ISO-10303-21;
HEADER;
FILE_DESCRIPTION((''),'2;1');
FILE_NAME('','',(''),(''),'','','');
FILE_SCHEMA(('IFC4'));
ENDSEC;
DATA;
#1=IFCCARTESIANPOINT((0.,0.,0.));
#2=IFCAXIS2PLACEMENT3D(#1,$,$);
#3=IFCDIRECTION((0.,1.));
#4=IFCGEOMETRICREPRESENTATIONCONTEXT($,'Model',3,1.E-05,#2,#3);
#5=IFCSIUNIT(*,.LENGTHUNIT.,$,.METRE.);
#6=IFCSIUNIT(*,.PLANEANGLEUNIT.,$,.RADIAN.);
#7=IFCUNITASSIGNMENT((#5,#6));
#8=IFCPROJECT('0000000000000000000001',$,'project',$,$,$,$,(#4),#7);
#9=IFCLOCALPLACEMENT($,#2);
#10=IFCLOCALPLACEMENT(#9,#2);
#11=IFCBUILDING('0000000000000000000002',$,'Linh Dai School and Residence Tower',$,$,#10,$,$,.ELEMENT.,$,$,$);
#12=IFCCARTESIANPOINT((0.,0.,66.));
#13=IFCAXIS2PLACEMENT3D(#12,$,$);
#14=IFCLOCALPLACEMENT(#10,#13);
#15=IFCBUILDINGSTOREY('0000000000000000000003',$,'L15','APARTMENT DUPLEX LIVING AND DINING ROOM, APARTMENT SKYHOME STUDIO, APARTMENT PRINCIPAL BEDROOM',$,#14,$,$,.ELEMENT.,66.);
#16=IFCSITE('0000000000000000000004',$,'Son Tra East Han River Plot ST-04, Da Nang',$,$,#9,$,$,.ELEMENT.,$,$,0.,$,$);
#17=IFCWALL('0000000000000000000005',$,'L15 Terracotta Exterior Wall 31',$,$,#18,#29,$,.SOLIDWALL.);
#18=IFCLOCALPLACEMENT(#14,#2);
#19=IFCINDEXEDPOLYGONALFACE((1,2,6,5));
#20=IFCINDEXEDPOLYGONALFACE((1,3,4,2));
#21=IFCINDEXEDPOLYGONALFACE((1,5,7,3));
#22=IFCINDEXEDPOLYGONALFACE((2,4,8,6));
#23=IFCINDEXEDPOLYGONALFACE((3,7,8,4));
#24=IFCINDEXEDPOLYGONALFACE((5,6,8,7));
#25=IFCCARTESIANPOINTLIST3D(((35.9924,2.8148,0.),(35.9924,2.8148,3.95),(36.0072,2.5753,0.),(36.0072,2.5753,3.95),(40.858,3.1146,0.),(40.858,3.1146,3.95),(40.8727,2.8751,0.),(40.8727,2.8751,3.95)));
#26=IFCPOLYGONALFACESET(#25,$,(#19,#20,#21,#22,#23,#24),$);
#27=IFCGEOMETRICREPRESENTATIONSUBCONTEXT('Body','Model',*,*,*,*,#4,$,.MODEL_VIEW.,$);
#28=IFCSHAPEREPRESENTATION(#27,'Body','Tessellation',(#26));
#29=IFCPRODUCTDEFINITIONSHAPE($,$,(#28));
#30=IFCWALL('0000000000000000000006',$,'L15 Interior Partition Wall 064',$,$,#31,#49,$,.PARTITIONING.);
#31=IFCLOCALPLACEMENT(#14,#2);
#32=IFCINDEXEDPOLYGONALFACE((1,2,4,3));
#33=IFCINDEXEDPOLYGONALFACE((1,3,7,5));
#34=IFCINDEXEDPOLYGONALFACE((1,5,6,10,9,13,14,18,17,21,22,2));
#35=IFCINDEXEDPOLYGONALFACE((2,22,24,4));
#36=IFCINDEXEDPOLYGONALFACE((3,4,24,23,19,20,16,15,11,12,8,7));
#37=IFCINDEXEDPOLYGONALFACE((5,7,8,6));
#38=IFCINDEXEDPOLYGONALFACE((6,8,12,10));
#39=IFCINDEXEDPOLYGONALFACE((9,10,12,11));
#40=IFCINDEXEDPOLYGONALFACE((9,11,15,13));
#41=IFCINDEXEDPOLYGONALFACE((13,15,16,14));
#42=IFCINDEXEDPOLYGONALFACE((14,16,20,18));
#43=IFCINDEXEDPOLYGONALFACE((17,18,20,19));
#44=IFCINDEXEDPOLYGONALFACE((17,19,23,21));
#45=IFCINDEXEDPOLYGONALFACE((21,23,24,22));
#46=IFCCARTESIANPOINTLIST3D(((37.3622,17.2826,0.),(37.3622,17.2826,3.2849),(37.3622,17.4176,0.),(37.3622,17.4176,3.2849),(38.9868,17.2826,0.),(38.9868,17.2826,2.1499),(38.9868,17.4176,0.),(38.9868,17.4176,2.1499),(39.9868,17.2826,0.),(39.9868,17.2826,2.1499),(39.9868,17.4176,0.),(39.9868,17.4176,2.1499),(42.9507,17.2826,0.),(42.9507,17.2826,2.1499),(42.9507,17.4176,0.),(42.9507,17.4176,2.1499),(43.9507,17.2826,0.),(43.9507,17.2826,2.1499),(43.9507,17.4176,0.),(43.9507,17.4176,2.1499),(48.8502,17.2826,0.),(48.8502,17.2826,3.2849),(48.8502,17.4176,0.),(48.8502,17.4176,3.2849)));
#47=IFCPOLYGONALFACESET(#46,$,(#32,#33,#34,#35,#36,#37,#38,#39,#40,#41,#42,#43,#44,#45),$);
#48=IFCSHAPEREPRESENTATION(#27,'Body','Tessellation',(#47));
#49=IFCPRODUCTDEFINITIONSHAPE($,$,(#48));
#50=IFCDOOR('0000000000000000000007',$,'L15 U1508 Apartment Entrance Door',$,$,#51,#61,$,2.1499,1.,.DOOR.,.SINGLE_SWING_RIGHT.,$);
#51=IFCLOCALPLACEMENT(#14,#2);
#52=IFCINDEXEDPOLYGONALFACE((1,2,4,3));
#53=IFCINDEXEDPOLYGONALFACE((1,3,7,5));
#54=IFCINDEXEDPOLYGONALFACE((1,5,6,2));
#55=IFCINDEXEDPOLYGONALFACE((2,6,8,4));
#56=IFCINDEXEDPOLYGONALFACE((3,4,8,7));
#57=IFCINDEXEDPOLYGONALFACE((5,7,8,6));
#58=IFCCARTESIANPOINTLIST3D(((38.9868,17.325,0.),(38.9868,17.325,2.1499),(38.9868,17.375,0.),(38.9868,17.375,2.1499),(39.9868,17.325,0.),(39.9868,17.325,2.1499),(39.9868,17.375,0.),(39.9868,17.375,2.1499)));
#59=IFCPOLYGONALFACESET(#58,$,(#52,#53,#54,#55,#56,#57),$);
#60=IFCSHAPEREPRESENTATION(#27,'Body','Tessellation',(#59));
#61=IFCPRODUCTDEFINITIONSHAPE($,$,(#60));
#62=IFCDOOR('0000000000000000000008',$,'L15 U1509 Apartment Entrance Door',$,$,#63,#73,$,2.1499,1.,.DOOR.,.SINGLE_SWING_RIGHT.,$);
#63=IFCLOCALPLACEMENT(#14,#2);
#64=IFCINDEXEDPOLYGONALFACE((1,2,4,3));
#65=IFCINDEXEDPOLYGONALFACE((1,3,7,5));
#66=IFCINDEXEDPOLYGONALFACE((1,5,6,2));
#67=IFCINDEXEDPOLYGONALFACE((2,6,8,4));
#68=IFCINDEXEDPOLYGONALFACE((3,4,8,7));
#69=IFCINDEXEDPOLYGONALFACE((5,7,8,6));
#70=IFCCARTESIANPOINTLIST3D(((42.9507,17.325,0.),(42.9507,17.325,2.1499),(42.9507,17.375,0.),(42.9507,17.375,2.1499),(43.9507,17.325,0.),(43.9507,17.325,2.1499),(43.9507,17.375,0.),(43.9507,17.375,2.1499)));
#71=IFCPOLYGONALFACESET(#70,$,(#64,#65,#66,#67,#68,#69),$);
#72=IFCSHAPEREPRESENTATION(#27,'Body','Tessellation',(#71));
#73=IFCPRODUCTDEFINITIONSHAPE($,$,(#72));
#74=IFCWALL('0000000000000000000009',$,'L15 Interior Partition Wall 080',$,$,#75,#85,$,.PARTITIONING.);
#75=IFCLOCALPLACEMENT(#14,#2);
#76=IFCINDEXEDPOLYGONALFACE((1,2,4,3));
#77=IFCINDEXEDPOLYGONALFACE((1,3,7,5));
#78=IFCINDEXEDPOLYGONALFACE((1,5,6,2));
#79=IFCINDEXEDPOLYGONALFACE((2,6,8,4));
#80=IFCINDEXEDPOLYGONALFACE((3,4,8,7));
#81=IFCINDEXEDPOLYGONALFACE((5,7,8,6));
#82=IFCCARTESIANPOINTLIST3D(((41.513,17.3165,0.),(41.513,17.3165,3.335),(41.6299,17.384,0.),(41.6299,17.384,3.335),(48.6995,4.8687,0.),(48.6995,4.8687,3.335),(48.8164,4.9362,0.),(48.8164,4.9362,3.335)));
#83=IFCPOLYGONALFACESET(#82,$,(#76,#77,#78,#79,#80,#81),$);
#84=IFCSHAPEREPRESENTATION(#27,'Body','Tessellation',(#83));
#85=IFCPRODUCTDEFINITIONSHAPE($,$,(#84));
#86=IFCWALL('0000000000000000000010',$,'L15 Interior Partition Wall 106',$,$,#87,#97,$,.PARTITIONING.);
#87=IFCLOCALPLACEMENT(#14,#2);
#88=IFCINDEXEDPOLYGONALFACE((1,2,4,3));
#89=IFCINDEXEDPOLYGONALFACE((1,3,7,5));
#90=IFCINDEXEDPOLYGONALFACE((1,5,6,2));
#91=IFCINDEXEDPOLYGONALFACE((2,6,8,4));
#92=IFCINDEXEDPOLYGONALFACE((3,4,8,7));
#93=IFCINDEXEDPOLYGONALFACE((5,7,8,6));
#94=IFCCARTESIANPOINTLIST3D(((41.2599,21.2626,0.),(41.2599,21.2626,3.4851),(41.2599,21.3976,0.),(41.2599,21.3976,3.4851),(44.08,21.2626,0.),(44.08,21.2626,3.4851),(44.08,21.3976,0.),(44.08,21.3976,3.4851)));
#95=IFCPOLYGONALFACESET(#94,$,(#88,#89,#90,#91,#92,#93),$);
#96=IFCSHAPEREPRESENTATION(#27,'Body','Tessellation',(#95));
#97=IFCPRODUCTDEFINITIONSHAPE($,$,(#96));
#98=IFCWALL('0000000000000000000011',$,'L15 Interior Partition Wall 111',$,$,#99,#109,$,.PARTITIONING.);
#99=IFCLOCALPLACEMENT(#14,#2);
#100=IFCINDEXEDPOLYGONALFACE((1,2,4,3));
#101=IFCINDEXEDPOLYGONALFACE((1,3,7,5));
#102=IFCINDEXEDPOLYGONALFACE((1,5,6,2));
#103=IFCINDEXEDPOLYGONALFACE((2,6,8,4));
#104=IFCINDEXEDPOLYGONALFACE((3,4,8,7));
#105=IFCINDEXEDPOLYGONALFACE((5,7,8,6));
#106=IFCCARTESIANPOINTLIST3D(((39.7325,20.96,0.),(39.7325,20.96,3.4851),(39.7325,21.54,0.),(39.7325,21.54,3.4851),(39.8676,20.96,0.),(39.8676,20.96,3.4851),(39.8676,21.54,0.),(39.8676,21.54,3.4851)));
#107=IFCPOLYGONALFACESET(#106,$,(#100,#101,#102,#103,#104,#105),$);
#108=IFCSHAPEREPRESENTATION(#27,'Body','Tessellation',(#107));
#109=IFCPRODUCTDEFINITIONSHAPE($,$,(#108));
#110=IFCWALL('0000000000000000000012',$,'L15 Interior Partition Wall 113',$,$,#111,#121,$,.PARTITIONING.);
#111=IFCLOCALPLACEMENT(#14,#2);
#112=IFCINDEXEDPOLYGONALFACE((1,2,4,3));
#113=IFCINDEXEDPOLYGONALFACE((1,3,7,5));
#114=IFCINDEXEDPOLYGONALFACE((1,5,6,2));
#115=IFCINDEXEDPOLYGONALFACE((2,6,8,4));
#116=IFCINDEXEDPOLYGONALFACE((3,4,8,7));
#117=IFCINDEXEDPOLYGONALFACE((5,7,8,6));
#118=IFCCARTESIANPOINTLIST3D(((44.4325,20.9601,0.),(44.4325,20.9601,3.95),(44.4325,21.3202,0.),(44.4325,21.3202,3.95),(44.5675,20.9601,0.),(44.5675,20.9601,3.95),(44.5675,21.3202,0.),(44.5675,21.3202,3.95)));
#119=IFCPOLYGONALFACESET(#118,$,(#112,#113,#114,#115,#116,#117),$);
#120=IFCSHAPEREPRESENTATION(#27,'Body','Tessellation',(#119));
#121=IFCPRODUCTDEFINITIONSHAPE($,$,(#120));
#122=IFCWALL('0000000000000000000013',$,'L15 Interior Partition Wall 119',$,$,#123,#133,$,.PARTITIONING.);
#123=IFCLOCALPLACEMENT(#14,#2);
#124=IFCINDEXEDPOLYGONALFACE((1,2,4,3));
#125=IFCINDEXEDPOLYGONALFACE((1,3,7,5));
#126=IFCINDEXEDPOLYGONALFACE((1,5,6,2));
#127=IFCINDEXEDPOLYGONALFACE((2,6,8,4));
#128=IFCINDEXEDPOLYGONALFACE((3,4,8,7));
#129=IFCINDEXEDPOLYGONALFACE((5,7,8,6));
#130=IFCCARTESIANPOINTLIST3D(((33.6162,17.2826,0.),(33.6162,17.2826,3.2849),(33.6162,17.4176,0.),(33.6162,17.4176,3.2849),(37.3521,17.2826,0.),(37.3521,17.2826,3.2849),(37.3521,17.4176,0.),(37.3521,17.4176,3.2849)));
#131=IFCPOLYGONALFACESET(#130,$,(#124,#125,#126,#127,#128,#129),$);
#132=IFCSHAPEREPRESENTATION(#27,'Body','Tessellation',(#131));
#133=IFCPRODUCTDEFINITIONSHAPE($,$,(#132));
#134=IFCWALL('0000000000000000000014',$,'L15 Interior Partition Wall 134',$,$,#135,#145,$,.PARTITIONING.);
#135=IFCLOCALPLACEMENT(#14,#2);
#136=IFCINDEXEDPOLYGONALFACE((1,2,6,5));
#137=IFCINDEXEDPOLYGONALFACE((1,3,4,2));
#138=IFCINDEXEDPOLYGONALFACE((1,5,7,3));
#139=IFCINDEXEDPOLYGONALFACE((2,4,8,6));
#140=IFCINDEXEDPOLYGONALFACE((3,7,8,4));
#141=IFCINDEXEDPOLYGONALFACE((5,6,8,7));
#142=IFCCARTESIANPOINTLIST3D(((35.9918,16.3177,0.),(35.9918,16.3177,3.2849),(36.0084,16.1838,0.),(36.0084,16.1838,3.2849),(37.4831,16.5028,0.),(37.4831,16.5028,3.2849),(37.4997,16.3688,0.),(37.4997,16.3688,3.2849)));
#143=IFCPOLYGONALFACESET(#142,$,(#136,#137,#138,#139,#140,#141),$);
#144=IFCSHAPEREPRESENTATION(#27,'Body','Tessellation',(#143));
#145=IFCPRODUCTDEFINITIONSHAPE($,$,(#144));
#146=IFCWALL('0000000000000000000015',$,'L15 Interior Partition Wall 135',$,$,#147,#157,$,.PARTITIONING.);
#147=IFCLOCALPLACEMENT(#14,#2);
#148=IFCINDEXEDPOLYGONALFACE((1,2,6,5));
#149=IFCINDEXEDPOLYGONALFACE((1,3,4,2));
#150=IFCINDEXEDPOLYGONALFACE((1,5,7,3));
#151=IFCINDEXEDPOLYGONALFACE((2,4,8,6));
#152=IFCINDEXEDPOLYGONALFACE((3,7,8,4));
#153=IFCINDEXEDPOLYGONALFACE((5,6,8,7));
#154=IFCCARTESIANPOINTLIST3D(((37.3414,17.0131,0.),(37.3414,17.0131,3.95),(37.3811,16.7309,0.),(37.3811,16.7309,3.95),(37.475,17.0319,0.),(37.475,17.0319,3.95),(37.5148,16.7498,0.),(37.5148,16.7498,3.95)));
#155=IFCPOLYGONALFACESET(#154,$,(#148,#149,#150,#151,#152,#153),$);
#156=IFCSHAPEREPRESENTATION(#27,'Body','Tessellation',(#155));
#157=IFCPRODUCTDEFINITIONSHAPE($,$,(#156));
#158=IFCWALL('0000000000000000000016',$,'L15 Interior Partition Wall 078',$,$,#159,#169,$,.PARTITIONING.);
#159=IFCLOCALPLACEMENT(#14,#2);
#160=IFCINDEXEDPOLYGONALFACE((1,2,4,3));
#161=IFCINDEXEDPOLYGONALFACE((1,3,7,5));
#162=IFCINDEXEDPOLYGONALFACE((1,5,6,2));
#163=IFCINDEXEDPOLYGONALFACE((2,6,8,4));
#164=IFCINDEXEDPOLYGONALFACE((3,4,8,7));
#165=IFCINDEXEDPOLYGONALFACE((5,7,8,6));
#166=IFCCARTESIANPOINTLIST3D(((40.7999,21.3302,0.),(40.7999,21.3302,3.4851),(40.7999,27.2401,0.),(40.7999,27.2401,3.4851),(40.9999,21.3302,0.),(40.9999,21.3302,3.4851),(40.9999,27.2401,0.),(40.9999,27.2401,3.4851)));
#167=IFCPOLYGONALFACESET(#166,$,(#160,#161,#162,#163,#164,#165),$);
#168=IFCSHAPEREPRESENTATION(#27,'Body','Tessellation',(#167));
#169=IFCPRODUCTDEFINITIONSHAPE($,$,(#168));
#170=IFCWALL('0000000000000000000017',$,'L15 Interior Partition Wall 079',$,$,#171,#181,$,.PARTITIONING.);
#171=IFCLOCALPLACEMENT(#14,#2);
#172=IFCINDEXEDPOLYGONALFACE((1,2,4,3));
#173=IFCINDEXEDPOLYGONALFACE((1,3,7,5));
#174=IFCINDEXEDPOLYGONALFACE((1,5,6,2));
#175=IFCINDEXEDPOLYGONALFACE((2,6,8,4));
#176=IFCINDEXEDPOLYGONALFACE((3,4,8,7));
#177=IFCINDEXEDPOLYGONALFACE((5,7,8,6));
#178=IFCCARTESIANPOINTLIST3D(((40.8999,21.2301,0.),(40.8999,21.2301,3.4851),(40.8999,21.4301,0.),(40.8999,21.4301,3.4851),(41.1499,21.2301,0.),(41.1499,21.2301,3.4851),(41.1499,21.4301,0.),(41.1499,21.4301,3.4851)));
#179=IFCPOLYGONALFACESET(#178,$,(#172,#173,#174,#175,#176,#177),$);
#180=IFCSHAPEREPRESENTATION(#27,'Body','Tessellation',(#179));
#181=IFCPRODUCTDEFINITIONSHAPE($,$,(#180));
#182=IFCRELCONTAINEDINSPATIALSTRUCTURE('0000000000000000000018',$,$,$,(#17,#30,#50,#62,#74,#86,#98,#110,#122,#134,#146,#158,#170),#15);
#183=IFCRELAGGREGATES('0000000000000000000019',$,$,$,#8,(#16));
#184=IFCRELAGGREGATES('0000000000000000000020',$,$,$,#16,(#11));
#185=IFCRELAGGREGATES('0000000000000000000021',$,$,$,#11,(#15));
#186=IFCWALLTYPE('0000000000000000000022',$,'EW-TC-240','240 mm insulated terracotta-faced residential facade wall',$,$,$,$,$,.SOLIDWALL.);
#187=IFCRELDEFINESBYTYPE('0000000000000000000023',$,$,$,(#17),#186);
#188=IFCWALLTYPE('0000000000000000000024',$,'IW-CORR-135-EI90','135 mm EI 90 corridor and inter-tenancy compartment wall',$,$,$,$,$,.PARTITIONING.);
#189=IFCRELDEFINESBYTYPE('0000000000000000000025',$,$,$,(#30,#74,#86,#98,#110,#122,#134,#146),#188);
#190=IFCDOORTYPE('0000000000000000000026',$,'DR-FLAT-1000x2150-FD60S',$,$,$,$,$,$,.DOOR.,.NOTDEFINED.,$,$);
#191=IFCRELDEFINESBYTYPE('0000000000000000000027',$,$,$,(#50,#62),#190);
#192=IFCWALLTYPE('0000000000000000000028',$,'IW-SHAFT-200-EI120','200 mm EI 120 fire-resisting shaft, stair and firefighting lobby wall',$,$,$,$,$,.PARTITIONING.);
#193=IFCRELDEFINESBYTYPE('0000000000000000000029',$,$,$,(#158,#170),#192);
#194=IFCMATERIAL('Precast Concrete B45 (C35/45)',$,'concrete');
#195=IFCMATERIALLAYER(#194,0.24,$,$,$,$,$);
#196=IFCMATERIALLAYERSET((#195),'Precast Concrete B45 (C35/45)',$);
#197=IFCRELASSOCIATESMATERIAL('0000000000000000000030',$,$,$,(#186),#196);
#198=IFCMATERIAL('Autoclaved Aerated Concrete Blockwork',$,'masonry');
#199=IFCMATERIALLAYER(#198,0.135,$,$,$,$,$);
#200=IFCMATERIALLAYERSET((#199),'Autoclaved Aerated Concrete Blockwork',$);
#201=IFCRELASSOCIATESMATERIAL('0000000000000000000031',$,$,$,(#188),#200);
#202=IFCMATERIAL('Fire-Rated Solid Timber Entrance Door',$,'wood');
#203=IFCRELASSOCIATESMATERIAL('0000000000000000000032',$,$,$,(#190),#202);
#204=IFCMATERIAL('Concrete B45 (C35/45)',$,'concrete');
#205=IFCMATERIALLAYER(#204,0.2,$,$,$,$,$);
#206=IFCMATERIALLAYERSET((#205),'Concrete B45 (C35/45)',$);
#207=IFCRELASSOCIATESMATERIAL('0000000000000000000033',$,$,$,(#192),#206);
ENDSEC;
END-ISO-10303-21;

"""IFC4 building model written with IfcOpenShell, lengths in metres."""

from ifc_helpers import new_model, si_unit, direction, frame, frame_2d, origin, origin_2d, place, context, subcontext, project, spatial, rectangle, extrude, source, transform, mapped, material, layer, layer_set, type_object, element, fill, save


model = new_model("IFC4")

# Units and contexts
model_context = context("Model", 3, precision=1e-05, world=origin(), true_north=direction((0.0, 1.0)))
body_context = subcontext(model_context, "Body", "Model", "MODEL_VIEW")
ifc_project = project(units=[si_unit("LENGTHUNIT", "METRE"), si_unit("PLANEANGLEUNIT", "RADIAN")], contexts=[model_context])

# Site, building, storey
site_placement = place(None, origin())
site = spatial("IfcSite", under=ifc_project, at=site_placement, Name="Son Tra East Han River Plot ST-04, Da Nang", CompositionType="ELEMENT", RefElevation=0.0)
building_placement = place(site_placement, origin())
building = spatial("IfcBuilding", under=site, at=building_placement, Name="Linh Dai School and Residence Tower", CompositionType="ELEMENT")
storey_placement = place(building_placement, frame((0.0, 0.0, 66.0)))
storey = spatial("IfcBuildingStorey", under=building, at=storey_placement, Name="L15", Description="APARTMENT DUPLEX LIVING AND DINING ROOM, APARTMENT SKYHOME STUDIO, APARTMENT PRINCIPAL BEDROOM", CompositionType="ELEMENT", Elevation=66.0)

# Shared definitions
ifc_material_1 = material(Name="Precast Concrete B45 (C35/45)", Category="concrete")
ifc_layer_1 = layer(ifc_material_1, 0.24)
ifc_layer_set_1 = layer_set([ifc_layer_1], Name="Precast Concrete B45 (C35/45)")
wall_type_1 = type_object("IfcWallType", Name="EW-TC-240", Description="240 mm insulated terracotta-faced residential facade wall", PredefinedType="SOLIDWALL", material=ifc_layer_set_1)

# Wall
wall_1_placement = place(storey_placement, frame((40.8655, 2.9949, 0.0), z_axis=(0.0, 0.0, 1.0), x_axis=(-0.998107, -0.061502, 0.0)))
element("IfcWall", 1, at=wall_1_placement, inside=storey, type_object=wall_type_1, Name="L15 Terracotta Exterior Wall 31", PredefinedType="SOLIDWALL", context=body_context, shape_type="SweptSolid", body=[
    extrude(rectangle(XDim=4.8748, YDim=0.24, at=frame_2d((2.4375, 0.0))), origin(), (0.0, 0.0, 1.0), 3.95),
])

# Wall, openings, doors
ifc_material_2 = material(Name="Autoclaved Aerated Concrete Blockwork", Category="masonry")
ifc_layer_2 = layer(ifc_material_2, 0.135)
ifc_layer_set_2 = layer_set([ifc_layer_2], Name="Autoclaved Aerated Concrete Blockwork")
wall_type_2 = type_object("IfcWallType", Name="IW-CORR-135-EI90", Description="135 mm EI 90 corridor and inter-tenancy compartment wall", PredefinedType="PARTITIONING", material=ifc_layer_set_2)
wall_2_placement = place(storey_placement, frame((37.3621, 17.3501, 0.0), z_axis=(0.0, 0.0, 1.0), x_axis=(1.0, 0.0, 0.0)))
wall_2 = element("IfcWall", 2, at=wall_2_placement, inside=storey, type_object=wall_type_2, Name="L15 Interior Partition Wall 064", PredefinedType="PARTITIONING", context=body_context, shape_type="SweptSolid", body=[
    extrude(rectangle(XDim=11.488, YDim=0.135, at=frame_2d((5.7441, 0.0))), origin(), (0.0, 0.0, 1.0), 3.2849),
])
opening_1_placement = place(wall_2_placement, frame((1.6248, 0.0, 0.0)))
opening_1 = element("IfcOpeningElement", 3, at=opening_1_placement, cuts=wall_2, PredefinedType="OPENING", context=body_context, shape_type="SweptSolid", body=[
    extrude(rectangle(XDim=1.0, YDim=2.1499, at=origin_2d()), frame((0.5, 0.0776, 1.075), z_axis=(0.0, -1.0, 0.0), x_axis=(1.0, 0.0, 0.0)), (0.0, 0.0, 1.0), 0.155),
])
opening_2_placement = place(wall_2_placement, frame((5.5886, 0.0, 0.0)))
opening_2 = element("IfcOpeningElement", 4, at=opening_2_placement, cuts=wall_2, PredefinedType="OPENING", context=body_context, shape_type="SweptSolid", body=[
    extrude(rectangle(XDim=1.0, YDim=2.1499, at=origin_2d()), frame((0.5, 0.0776, 1.075), z_axis=(0.0, -1.0, 0.0), x_axis=(1.0, 0.0, 0.0)), (0.0, 0.0, 1.0), 0.155),
])
ifc_material_3 = material(Name="Fire-Rated Solid Timber Entrance Door", Category="wood")
door_type_1 = type_object("IfcDoorType", Name="DR-FLAT-1000x2150-FD60S", OperationType="NOTDEFINED", PredefinedType="DOOR", material=ifc_material_3)
shared_shape_1 = source(origin(), body_context, "Body", "SweptSolid", [
    extrude(rectangle(XDim=1.0, YDim=2.1499, at=origin_2d()), frame((0.5, 0.0249, 1.075), z_axis=(0.0, -1.0, 0.0), x_axis=(1.0, 0.0, 0.0)), (0.0, 0.0, 1.0), 0.05),
])
door_1_placement = place(opening_1_placement, origin())
door_1 = element("IfcDoor", 5, at=door_1_placement, inside=storey, type_object=door_type_1, Name="L15 U1508 Apartment Entrance Door", OperationType="SINGLE_SWING_RIGHT", OverallHeight=2.1499, OverallWidth=1.0, PredefinedType="DOOR", context=body_context, shape_type="MappedRepresentation", body=[
    mapped(shared_shape_1, transform((0.0, 0.0, 0.0), x_axis=(1.0, 0.0, 0.0), y_axis=(0.0, 1.0, 0.0), z_axis=(0.0, 0.0, 1.0), scale=1.0)),
])
fill(opening_1, door_1)
door_2_placement = place(opening_2_placement, origin())
door_2 = element("IfcDoor", 6, at=door_2_placement, inside=storey, type_object=door_type_1, Name="L15 U1509 Apartment Entrance Door", OperationType="SINGLE_SWING_RIGHT", OverallHeight=2.1499, OverallWidth=1.0, PredefinedType="DOOR", context=body_context, shape_type="MappedRepresentation", body=[
    mapped(shared_shape_1, transform((0.0, 0.0, 0.0), x_axis=(1.0, 0.0, 0.0), y_axis=(0.0, 1.0, 0.0), z_axis=(0.0, 0.0, 1.0), scale=1.0)),
])
fill(opening_2, door_2)

# Walls
wall_3_placement = place(storey_placement, frame((41.5715, 17.3501, 0.0), z_axis=(0.0, 0.0, 1.0), x_axis=(0.49999, -0.866031, 0.0)))
element("IfcWall", 7, at=wall_3_placement, inside=storey, type_object=wall_type_2, Name="L15 Interior Partition Wall 080", PredefinedType="PARTITIONING", context=body_context, shape_type="SweptSolid", body=[
    extrude(rectangle(XDim=14.3733, YDim=0.135, at=frame_2d((7.1865, 0.0))), origin(), (0.0, 0.0, 1.0), 3.335),
])
wall_4_placement = place(storey_placement, frame((44.0801, 21.3301, 0.0), z_axis=(0.0, 0.0, 1.0), x_axis=(-1.0, 0.0, 0.0)))
element("IfcWall", 8, at=wall_4_placement, inside=storey, type_object=wall_type_2, Name="L15 Interior Partition Wall 106", PredefinedType="PARTITIONING", context=body_context, shape_type="SweptSolid", body=[
    extrude(rectangle(XDim=2.8201, YDim=0.135, at=frame_2d((1.4102, 0.0))), origin(), (0.0, 0.0, 1.0), 3.4851),
])
wall_5_placement = place(storey_placement, frame((39.8, 20.96, 0.0), z_axis=(0.0, 0.0, 1.0), x_axis=(0.0, 1.0, 0.0)))
element("IfcWall", 9, at=wall_5_placement, inside=storey, type_object=wall_type_2, Name="L15 Interior Partition Wall 111", PredefinedType="PARTITIONING", context=body_context, shape_type="SweptSolid", body=[
    extrude(rectangle(XDim=0.5801, YDim=0.135, at=frame_2d((0.29, 0.0))), origin(), (0.0, 0.0, 1.0), 3.4851),
])
wall_6_placement = place(storey_placement, frame((44.5, 20.96, 0.0), z_axis=(0.0, 0.0, 1.0), x_axis=(0.0, 1.0, 0.0)))
element("IfcWall", 10, at=wall_6_placement, inside=storey, type_object=wall_type_2, Name="L15 Interior Partition Wall 113", PredefinedType="PARTITIONING", context=body_context, shape_type="SweptSolid", body=[
    extrude(rectangle(XDim=0.3601, YDim=0.135, at=frame_2d((0.1802, 0.0))), origin(), (0.0, 0.0, 1.0), 3.95),
])
wall_7_placement = place(storey_placement, frame((37.3521, 17.3501, 0.0), z_axis=(0.0, 0.0, 1.0), x_axis=(-1.0, 0.0, 0.0)))
element("IfcWall", 11, at=wall_7_placement, inside=storey, type_object=wall_type_2, Name="L15 Interior Partition Wall 119", PredefinedType="PARTITIONING", context=body_context, shape_type="SweptSolid", body=[
    extrude(rectangle(XDim=3.7358, YDim=0.135, at=frame_2d((1.8679, 0.0))), origin(), (0.0, 0.0, 1.0), 3.2849),
])
wall_8_placement = place(storey_placement, frame((36.0, 16.2507, 0.0), z_axis=(0.0, 0.0, 1.0), x_axis=(0.992387, 0.123155, 0.0)))
element("IfcWall", 12, at=wall_8_placement, inside=storey, type_object=wall_type_2, Name="L15 Interior Partition Wall 134", PredefinedType="PARTITIONING", context=body_context, shape_type="SweptSolid", body=[
    extrude(rectangle(XDim=1.5027, YDim=0.135, at=frame_2d((0.7515, 0.0))), origin(), (0.0, 0.0, 1.0), 3.2849),
])
wall_9_placement = place(storey_placement, frame((37.448, 16.7402, 0.0), z_axis=(0.0, 0.0, 1.0), x_axis=(-0.139622, 0.990205, 0.0)))
element("IfcWall", 13, at=wall_9_placement, inside=storey, type_object=wall_type_2, Name="L15 Interior Partition Wall 135", PredefinedType="PARTITIONING", context=body_context, shape_type="SweptSolid", body=[
    extrude(rectangle(XDim=0.2849, YDim=0.135, at=frame_2d((0.1426, 0.0))), origin(), (0.0, 0.0, 1.0), 3.95),
])
ifc_material_4 = material(Name="Concrete B45 (C35/45)", Category="concrete")
ifc_layer_3 = layer(ifc_material_4, 0.2)
ifc_layer_set_3 = layer_set([ifc_layer_3], Name="Concrete B45 (C35/45)")
wall_type_3 = type_object("IfcWallType", Name="IW-SHAFT-200-EI120", Description="200 mm EI 120 fire-resisting shaft, stair and firefighting lobby wall", PredefinedType="PARTITIONING", material=ifc_layer_set_3)
wall_10_placement = place(storey_placement, frame((40.8999, 21.3301, 0.0), z_axis=(0.0, 0.0, 1.0), x_axis=(0.0, 1.0, 0.0)))
element("IfcWall", 14, at=wall_10_placement, inside=storey, type_object=wall_type_3, Name="L15 Interior Partition Wall 078", PredefinedType="PARTITIONING", context=body_context, shape_type="SweptSolid", body=[
    extrude(rectangle(XDim=5.9099, YDim=0.2, at=frame_2d((2.9551, 0.0))), origin(), (0.0, 0.0, 1.0), 3.4851),
])
wall_11_placement = place(storey_placement, frame((40.8999, 21.3301, 0.0), z_axis=(0.0, 0.0, 1.0), x_axis=(1.0, 0.0, 0.0)))
element("IfcWall", 15, at=wall_11_placement, inside=storey, type_object=wall_type_3, Name="L15 Interior Partition Wall 079", PredefinedType="PARTITIONING", context=body_context, shape_type="SweptSolid", body=[
    extrude(rectangle(XDim=0.25, YDim=0.2, at=frame_2d((0.125, 0.0))), origin(), (0.0, 0.0, 1.0), 3.4851),
])

save(model, "model.ifc")
